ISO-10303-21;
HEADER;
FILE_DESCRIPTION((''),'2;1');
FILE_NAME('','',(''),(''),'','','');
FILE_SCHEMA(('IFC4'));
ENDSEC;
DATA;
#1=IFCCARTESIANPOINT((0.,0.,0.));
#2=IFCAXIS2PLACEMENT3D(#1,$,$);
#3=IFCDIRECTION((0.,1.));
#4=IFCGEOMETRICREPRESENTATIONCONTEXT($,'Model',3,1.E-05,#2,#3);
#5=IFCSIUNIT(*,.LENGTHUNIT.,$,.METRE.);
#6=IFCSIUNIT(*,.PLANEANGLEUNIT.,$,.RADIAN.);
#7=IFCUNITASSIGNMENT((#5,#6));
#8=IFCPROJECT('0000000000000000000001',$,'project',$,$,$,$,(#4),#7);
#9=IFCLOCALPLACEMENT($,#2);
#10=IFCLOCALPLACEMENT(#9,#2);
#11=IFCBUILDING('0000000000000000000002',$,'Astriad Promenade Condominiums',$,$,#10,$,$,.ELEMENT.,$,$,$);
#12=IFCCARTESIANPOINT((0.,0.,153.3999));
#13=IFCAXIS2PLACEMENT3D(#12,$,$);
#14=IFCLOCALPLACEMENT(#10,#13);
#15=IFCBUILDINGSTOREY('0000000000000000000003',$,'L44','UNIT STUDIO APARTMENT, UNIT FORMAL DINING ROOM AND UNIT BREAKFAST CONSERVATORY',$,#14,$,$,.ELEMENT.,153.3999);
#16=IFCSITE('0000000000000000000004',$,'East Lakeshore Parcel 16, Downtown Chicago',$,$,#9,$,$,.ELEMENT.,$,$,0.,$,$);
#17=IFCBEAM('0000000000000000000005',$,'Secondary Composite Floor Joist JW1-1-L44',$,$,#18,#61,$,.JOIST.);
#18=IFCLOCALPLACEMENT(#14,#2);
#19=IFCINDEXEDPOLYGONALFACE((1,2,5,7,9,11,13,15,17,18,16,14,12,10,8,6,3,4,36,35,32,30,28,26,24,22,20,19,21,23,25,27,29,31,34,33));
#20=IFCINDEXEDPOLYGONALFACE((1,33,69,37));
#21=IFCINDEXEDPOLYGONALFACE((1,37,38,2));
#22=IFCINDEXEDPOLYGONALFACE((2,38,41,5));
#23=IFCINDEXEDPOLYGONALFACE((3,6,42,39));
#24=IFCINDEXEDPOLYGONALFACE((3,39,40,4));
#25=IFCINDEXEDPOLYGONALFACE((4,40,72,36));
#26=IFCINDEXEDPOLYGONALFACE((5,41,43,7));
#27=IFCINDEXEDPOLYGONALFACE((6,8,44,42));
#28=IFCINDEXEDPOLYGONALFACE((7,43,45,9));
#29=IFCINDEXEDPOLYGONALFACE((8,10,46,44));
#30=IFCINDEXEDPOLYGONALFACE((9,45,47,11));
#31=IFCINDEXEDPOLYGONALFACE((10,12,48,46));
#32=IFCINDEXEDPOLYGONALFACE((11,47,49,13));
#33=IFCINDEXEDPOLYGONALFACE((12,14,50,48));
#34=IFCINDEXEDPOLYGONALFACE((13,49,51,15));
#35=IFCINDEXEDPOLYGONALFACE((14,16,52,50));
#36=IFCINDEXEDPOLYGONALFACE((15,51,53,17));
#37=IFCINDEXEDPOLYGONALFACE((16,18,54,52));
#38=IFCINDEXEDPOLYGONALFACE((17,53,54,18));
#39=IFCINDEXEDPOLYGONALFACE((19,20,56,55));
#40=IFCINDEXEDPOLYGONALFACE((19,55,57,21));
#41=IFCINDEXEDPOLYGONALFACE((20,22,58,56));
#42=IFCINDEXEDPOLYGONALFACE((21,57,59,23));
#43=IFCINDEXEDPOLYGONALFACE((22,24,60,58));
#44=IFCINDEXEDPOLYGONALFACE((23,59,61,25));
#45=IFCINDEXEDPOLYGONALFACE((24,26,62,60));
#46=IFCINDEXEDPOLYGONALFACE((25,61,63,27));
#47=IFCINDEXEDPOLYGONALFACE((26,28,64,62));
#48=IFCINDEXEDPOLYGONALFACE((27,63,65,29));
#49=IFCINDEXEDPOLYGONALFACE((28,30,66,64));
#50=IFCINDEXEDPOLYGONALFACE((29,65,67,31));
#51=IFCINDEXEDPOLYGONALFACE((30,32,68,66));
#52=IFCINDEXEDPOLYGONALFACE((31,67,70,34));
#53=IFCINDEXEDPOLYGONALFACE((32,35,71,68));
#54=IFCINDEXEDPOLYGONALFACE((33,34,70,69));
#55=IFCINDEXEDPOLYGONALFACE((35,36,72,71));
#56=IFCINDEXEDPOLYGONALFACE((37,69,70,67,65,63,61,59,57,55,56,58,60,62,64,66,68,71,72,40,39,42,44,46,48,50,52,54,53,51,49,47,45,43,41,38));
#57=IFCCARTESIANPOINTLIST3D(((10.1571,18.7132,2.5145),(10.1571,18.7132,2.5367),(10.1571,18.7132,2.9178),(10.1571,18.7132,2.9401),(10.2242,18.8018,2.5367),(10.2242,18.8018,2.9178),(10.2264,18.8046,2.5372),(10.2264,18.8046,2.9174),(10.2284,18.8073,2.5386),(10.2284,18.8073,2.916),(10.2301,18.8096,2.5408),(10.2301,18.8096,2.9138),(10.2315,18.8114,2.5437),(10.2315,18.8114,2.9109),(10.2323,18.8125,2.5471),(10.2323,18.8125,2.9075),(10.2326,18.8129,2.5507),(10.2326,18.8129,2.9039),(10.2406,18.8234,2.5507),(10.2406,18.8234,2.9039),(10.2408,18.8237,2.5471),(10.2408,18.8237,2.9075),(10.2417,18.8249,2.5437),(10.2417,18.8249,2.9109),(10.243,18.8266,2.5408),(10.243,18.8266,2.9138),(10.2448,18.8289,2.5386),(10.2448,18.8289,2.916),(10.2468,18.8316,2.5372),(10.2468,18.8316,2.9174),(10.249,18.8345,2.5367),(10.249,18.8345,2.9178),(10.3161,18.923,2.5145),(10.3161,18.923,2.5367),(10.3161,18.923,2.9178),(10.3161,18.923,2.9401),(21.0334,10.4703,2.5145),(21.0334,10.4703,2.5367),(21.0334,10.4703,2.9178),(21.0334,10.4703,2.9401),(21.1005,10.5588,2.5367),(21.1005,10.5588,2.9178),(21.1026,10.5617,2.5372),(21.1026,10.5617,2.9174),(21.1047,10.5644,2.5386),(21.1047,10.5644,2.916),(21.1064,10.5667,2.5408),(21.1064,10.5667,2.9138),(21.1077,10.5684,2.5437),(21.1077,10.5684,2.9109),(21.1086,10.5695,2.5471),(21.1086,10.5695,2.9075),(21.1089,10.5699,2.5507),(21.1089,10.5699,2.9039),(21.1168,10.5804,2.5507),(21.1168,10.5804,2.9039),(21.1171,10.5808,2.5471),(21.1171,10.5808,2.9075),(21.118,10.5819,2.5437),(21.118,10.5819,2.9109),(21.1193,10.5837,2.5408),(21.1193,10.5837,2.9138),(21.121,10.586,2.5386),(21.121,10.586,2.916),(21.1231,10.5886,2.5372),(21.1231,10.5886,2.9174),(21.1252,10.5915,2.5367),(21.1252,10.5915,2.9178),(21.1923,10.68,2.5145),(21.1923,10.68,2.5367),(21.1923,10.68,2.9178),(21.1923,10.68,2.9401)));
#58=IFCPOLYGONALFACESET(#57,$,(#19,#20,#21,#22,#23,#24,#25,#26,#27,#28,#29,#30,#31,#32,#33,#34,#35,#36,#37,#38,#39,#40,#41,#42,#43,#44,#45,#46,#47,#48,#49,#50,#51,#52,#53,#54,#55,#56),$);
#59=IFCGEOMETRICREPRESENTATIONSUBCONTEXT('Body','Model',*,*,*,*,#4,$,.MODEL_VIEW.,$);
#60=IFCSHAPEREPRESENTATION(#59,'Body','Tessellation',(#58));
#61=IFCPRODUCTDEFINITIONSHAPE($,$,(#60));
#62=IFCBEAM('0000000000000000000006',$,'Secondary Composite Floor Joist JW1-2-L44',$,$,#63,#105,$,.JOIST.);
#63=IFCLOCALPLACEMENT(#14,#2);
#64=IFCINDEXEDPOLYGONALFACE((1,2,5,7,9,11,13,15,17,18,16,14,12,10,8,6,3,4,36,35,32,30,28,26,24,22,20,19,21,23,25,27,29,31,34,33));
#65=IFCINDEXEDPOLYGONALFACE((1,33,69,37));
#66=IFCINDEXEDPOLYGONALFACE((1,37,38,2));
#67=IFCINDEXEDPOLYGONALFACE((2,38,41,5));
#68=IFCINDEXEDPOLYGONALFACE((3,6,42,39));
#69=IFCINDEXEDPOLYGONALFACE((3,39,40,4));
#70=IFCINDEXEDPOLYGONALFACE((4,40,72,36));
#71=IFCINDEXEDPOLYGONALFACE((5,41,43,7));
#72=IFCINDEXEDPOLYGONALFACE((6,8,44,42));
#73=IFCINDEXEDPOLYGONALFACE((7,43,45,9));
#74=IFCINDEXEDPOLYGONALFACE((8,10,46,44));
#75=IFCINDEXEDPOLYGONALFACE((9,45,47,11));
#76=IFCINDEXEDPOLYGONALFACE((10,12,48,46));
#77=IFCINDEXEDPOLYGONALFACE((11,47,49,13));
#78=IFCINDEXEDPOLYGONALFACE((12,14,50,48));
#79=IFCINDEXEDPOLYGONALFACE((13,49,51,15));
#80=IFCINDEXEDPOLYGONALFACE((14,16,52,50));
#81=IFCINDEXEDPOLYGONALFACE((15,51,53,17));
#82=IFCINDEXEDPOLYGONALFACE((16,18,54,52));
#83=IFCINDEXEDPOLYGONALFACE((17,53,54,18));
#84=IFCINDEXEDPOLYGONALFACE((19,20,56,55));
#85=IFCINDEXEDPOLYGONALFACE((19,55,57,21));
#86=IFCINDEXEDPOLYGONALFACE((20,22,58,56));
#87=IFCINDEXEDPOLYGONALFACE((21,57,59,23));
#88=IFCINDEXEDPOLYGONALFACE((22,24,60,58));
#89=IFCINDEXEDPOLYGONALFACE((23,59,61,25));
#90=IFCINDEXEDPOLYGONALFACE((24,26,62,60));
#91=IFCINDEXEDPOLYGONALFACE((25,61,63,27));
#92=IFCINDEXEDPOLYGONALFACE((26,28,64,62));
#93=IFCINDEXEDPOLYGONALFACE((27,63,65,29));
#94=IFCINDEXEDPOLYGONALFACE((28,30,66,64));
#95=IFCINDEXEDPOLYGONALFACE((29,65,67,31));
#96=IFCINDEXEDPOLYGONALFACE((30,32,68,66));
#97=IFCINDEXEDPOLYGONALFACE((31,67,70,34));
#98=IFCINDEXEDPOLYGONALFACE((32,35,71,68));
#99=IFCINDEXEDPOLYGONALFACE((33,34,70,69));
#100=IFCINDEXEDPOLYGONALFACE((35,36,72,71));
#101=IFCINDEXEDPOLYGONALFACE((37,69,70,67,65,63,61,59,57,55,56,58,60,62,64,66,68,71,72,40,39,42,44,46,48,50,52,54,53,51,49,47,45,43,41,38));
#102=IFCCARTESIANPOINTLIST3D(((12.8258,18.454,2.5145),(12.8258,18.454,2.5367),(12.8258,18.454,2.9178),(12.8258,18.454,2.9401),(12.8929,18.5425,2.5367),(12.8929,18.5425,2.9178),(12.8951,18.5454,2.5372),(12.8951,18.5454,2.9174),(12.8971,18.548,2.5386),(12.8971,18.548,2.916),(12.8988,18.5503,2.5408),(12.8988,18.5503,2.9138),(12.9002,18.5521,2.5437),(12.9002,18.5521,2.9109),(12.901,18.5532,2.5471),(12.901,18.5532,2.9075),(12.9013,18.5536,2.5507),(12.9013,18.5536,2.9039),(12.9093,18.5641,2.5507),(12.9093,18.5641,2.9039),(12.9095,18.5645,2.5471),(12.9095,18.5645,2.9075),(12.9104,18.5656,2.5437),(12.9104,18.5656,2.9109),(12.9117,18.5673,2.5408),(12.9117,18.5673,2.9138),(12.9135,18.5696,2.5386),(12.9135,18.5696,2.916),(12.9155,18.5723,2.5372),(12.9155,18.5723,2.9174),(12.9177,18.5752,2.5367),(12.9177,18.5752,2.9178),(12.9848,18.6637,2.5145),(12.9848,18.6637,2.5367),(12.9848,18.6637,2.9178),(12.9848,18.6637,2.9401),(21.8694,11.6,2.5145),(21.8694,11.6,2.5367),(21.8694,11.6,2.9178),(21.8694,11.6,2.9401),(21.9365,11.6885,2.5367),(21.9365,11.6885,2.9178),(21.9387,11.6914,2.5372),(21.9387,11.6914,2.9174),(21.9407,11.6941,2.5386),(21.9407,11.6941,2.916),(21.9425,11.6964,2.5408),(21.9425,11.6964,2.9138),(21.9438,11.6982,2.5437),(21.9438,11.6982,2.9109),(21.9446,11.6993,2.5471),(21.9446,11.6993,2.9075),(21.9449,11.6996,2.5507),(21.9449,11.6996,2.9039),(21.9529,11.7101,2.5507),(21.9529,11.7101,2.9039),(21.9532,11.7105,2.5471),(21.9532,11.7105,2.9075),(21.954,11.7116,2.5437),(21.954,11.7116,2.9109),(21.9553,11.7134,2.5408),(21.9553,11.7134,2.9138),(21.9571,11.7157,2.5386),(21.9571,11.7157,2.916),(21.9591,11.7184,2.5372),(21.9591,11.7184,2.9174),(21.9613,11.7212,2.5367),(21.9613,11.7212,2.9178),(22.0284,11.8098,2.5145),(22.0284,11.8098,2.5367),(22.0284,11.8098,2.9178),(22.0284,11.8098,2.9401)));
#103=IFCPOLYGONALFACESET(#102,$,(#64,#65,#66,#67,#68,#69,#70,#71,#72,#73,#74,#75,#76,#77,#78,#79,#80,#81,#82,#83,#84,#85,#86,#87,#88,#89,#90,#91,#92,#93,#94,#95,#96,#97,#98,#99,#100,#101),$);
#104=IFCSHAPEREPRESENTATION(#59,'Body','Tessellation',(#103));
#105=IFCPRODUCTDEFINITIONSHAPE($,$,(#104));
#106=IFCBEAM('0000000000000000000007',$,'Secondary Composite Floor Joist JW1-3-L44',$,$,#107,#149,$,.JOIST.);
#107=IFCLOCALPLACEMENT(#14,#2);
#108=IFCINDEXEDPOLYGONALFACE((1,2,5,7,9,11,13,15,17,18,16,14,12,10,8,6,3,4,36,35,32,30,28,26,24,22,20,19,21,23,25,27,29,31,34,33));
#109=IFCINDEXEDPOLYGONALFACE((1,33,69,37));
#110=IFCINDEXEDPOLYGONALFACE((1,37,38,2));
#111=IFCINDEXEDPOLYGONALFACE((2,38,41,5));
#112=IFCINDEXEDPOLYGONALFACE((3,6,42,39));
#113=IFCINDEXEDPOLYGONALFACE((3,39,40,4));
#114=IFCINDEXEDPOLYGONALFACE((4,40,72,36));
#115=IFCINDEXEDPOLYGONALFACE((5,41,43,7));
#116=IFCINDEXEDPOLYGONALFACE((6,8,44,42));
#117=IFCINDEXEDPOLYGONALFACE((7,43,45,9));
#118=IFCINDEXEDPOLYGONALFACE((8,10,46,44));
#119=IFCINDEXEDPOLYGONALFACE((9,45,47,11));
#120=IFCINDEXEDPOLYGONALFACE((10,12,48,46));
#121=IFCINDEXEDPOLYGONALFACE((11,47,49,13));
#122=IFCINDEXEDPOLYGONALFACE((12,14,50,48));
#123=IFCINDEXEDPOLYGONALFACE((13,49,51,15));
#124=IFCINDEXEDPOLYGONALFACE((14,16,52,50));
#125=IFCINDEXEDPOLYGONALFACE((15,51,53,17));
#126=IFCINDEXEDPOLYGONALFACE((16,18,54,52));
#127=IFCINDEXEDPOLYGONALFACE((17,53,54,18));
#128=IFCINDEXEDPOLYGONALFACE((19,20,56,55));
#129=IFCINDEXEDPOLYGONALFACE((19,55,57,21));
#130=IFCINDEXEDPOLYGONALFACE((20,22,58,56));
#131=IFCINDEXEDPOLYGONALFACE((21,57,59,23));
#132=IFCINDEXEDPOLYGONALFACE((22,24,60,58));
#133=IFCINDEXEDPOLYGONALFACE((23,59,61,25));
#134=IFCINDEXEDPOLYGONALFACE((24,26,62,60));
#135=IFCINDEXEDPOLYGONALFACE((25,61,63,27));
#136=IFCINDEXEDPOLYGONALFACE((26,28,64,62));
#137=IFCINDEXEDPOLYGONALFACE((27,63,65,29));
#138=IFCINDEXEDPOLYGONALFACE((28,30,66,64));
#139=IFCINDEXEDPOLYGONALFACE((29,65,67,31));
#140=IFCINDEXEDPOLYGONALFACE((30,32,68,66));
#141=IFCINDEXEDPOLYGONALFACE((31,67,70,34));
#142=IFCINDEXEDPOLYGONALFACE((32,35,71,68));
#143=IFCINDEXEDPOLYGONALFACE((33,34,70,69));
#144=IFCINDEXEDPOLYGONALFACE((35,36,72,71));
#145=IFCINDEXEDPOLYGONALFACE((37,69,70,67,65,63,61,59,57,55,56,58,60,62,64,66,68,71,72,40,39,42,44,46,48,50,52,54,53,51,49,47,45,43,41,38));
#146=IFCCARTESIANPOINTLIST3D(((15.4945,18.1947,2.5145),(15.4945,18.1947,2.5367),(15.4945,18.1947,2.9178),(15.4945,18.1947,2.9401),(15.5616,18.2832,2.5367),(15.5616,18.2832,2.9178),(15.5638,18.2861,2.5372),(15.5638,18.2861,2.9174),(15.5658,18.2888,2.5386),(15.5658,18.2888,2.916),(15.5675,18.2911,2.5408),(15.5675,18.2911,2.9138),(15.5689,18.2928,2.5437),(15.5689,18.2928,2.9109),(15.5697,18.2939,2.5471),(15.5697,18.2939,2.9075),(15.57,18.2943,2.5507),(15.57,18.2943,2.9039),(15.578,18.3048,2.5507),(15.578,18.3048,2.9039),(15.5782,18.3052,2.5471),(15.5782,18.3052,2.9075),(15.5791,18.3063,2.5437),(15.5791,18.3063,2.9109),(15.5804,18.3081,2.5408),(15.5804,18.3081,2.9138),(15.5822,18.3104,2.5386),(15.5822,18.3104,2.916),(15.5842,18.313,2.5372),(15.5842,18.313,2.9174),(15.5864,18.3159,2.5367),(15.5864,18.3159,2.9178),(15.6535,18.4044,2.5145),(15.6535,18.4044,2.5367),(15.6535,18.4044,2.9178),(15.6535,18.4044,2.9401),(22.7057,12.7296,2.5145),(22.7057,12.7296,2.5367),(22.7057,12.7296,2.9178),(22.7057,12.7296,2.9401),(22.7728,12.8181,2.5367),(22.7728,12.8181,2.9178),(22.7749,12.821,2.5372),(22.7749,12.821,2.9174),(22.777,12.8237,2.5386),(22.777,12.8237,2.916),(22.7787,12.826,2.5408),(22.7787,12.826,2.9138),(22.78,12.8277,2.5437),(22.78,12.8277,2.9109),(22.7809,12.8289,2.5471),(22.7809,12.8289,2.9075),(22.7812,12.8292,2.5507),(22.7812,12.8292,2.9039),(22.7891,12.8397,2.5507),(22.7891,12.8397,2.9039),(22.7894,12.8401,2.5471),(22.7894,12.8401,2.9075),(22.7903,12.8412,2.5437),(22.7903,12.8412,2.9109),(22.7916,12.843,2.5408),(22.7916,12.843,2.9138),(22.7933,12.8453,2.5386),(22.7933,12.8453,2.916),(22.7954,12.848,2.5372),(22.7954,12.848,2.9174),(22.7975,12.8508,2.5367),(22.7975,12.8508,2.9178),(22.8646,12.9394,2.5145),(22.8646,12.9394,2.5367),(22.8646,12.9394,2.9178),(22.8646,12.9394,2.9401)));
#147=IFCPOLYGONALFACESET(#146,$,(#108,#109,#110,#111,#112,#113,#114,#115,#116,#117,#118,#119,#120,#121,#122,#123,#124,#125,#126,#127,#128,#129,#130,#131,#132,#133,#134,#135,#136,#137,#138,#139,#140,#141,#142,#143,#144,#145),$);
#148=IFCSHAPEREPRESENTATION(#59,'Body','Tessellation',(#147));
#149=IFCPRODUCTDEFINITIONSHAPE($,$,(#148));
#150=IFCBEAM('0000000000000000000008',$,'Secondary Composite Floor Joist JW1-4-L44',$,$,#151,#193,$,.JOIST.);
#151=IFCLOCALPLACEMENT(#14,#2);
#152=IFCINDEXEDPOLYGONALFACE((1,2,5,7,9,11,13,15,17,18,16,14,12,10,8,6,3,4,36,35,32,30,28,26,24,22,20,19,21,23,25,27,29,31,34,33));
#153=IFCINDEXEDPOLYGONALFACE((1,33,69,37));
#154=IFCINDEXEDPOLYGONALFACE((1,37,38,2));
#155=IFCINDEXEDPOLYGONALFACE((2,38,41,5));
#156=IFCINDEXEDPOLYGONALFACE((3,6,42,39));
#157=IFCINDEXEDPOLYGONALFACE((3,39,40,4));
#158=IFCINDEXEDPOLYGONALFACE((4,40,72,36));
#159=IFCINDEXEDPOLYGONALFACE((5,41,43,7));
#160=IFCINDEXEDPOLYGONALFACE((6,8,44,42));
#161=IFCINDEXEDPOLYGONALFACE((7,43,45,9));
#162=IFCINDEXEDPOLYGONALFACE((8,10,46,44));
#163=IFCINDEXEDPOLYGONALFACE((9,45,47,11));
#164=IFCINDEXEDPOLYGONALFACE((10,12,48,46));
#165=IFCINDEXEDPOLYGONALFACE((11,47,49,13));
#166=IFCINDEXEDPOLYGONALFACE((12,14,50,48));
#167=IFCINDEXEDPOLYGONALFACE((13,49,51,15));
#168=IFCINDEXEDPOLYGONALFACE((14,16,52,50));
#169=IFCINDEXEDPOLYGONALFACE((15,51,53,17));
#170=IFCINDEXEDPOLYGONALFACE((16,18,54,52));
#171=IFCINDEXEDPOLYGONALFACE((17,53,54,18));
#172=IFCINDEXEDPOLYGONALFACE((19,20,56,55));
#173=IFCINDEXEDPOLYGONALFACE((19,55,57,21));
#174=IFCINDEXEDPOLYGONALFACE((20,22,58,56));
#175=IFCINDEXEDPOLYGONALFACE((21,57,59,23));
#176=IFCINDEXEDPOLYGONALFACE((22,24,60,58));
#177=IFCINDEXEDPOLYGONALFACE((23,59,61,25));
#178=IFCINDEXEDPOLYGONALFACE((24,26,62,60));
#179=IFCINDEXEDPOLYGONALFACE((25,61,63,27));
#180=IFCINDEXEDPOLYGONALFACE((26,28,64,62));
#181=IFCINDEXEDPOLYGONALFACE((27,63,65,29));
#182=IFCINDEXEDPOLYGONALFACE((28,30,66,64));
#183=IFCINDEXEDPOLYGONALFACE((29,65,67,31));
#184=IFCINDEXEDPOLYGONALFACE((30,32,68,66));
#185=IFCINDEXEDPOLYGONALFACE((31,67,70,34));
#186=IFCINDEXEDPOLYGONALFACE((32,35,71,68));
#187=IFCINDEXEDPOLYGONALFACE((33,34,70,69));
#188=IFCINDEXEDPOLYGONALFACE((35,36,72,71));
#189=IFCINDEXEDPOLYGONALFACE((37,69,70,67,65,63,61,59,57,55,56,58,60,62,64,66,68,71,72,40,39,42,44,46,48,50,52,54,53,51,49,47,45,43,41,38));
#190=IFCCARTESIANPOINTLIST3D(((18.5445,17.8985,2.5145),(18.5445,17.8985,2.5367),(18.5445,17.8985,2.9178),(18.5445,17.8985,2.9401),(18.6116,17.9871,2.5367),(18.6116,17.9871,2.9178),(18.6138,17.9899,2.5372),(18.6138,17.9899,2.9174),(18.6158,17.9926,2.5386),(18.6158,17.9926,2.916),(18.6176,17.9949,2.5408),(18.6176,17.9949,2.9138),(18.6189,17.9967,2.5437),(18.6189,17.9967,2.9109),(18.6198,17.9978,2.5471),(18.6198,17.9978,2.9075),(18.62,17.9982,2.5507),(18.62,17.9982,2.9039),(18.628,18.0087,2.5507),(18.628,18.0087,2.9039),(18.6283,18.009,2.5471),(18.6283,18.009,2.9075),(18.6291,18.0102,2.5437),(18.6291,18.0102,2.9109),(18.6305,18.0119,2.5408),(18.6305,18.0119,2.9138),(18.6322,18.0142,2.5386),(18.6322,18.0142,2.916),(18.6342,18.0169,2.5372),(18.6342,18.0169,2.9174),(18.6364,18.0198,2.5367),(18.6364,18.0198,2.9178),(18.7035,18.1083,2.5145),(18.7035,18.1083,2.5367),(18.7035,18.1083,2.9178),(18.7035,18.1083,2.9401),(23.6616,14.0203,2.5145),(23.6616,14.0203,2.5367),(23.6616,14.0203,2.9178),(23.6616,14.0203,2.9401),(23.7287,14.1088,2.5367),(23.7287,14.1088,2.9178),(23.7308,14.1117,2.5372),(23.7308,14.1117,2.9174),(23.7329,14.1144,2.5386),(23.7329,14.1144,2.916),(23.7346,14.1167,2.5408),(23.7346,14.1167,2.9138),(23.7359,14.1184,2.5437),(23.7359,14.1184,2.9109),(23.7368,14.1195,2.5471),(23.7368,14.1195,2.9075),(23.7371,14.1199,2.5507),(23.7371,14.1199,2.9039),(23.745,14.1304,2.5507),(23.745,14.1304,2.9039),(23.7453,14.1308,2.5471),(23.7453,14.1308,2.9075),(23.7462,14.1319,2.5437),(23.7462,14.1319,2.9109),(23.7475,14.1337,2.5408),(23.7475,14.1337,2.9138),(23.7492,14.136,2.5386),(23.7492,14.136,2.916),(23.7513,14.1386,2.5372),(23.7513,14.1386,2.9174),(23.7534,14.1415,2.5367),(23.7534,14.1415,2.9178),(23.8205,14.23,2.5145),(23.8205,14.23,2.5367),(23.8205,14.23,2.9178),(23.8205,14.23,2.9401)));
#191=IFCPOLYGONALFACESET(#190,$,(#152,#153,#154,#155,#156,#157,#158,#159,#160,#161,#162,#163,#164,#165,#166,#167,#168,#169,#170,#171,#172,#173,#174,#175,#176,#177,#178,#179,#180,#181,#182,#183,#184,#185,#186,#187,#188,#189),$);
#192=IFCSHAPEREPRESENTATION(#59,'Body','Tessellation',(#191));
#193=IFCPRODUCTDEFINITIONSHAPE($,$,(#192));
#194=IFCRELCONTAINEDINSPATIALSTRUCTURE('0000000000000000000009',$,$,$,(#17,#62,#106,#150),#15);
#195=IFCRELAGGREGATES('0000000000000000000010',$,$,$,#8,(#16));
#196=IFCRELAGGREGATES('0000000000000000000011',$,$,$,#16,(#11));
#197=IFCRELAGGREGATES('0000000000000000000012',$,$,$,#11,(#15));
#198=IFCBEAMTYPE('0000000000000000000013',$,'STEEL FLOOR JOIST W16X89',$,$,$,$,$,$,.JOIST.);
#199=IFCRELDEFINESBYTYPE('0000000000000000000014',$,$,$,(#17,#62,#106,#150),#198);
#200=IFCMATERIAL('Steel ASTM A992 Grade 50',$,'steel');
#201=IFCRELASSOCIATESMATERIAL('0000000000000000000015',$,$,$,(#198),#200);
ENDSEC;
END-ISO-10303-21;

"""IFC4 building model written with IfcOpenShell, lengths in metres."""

from ifc_helpers import new_model, si_unit, direction, frame, origin, origin_2d, place, context, subcontext, project, spatial, i_section, extrude, source, transform, mapped, material, material_profile, profile_set, type_object, type_shapes, element, save


model = new_model("IFC4")

# Units and contexts
model_context = context("Model", 3, precision=1e-05, world=origin(), true_north=direction((0.0, 1.0)))
body_context = subcontext(model_context, "Body", "Model", "MODEL_VIEW")
ifc_project = project(units=[si_unit("LENGTHUNIT", "METRE"), si_unit("PLANEANGLEUNIT", "RADIAN")], contexts=[model_context])

# Site, building, storey
site_placement = place(None, origin())
site = spatial("IfcSite", under=ifc_project, at=site_placement, Name="East Lakeshore Parcel 16, Downtown Chicago", CompositionType="ELEMENT", RefElevation=0.0)
building_placement = place(site_placement, origin())
building = spatial("IfcBuilding", under=site, at=building_placement, Name="Astriad Promenade Condominiums", CompositionType="ELEMENT")
storey_placement = place(building_placement, frame((0.0, 0.0, 153.3999)))
storey = spatial("IfcBuildingStorey", under=building, at=storey_placement, Name="L44", Description="UNIT STUDIO APARTMENT, UNIT FORMAL DINING ROOM AND UNIT BREAKFAST CONSERVATORY", CompositionType="ELEMENT", Elevation=153.3999)

# Beams
ifc_material_1 = material(Name="Steel ASTM A992 Grade 50", Category="steel")
ifc_material_profile_1 = material_profile(ifc_material_1, i_section(OverallWidth=0.2632, OverallDepth=0.4255, WebThickness=0.0132, FlangeThickness=0.0222, FilletRadius=0.0139, at=origin_2d()), Name="W16X89")
ifc_profile_set_1 = profile_set([ifc_material_profile_1], Name="Steel ASTM A992 Grade 50")
beam_type_1 = type_object("IfcBeamType", Name="STEEL FLOOR JOIST W16X89", PredefinedType="JOIST", material=ifc_profile_set_1)
shared_shape_1 = source(origin(), body_context, "Body", "SweptSolid", [
    extrude(i_section(OverallWidth=0.2632, OverallDepth=0.4255, WebThickness=0.0132, FlangeThickness=0.0222, FilletRadius=0.0139, at=origin_2d()), origin(), (0.0, 0.0, 1.0), 13.647),
])
beam_1_placement = place(storey_placement, frame((10.2366, 18.8181, 2.7273), z_axis=(0.796974, -0.604014, 0.0), x_axis=(0.604014, 0.796974, 0.0)))
element("IfcBeam", 1, at=beam_1_placement, inside=storey, type_object=beam_type_1, Name="Secondary Composite Floor Joist JW1-1-L44", PredefinedType="JOIST", context=body_context, shape_type="MappedRepresentation", body=[
    mapped(shared_shape_1, transform((0.0, 0.0, 0.0), scale=1.0)),
])
shared_shape_2 = source(origin(), body_context, "Body", "SweptSolid", [
    extrude(i_section(OverallWidth=0.2632, OverallDepth=0.4255, WebThickness=0.0132, FlangeThickness=0.0222, FilletRadius=0.0139, at=origin_2d()), origin(), (0.0, 0.0, 1.0), 11.3474),
])
beam_2_placement = place(storey_placement, frame((12.9053, 18.5588, 2.7273), z_axis=(0.796977, -0.60401, 0.0), x_axis=(0.60401, 0.796977, 0.0)))
element("IfcBeam", 2, at=beam_2_placement, inside=storey, type_object=beam_type_1, Name="Secondary Composite Floor Joist JW1-2-L44", PredefinedType="JOIST", context=body_context, shape_type="MappedRepresentation", body=[
    mapped(shared_shape_2, transform((0.0, 0.0, 0.0), scale=1.0)),
])
shared_shape_3 = source(origin(), body_context, "Body", "SweptSolid", [
    extrude(i_section(OverallWidth=0.2632, OverallDepth=0.4255, WebThickness=0.0132, FlangeThickness=0.0222, FilletRadius=0.0139, at=origin_2d()), origin(), (0.0, 0.0, 1.0), 9.0481),
])
beam_3_placement = place(storey_placement, frame((15.574, 18.2996, 2.7273), z_axis=(0.796982, -0.604003, 0.0), x_axis=(0.604003, 0.796982, 0.0)))
element("IfcBeam", 3, at=beam_3_placement, inside=storey, type_object=beam_type_1, Name="Secondary Composite Floor Joist JW1-3-L44", PredefinedType="JOIST", context=body_context, shape_type="MappedRepresentation", body=[
    mapped(shared_shape_3, transform((0.0, 0.0, 0.0), scale=1.0)),
])
shared_shape_4 = source(origin(), body_context, "Body", "SweptSolid", [
    extrude(i_section(OverallWidth=0.2632, OverallDepth=0.4255, WebThickness=0.0132, FlangeThickness=0.0222, FilletRadius=0.0139, at=origin_2d()), origin(), (0.0, 0.0, 1.0), 6.4207),
])
type_shapes(beam_type_1, [shared_shape_1, shared_shape_2, shared_shape_3, shared_shape_4])
beam_4_placement = place(storey_placement, frame((18.624, 18.0034, 2.7273), z_axis=(0.796965, -0.604026, 0.0), x_axis=(0.604026, 0.796965, 0.0)))
element("IfcBeam", 4, at=beam_4_placement, inside=storey, type_object=beam_type_1, Name="Secondary Composite Floor Joist JW1-4-L44", PredefinedType="JOIST", context=body_context, shape_type="MappedRepresentation", body=[
    mapped(shared_shape_4, transform((0.0, 0.0, 0.0), scale=1.0)),
])

save(model, "model.ifc")
